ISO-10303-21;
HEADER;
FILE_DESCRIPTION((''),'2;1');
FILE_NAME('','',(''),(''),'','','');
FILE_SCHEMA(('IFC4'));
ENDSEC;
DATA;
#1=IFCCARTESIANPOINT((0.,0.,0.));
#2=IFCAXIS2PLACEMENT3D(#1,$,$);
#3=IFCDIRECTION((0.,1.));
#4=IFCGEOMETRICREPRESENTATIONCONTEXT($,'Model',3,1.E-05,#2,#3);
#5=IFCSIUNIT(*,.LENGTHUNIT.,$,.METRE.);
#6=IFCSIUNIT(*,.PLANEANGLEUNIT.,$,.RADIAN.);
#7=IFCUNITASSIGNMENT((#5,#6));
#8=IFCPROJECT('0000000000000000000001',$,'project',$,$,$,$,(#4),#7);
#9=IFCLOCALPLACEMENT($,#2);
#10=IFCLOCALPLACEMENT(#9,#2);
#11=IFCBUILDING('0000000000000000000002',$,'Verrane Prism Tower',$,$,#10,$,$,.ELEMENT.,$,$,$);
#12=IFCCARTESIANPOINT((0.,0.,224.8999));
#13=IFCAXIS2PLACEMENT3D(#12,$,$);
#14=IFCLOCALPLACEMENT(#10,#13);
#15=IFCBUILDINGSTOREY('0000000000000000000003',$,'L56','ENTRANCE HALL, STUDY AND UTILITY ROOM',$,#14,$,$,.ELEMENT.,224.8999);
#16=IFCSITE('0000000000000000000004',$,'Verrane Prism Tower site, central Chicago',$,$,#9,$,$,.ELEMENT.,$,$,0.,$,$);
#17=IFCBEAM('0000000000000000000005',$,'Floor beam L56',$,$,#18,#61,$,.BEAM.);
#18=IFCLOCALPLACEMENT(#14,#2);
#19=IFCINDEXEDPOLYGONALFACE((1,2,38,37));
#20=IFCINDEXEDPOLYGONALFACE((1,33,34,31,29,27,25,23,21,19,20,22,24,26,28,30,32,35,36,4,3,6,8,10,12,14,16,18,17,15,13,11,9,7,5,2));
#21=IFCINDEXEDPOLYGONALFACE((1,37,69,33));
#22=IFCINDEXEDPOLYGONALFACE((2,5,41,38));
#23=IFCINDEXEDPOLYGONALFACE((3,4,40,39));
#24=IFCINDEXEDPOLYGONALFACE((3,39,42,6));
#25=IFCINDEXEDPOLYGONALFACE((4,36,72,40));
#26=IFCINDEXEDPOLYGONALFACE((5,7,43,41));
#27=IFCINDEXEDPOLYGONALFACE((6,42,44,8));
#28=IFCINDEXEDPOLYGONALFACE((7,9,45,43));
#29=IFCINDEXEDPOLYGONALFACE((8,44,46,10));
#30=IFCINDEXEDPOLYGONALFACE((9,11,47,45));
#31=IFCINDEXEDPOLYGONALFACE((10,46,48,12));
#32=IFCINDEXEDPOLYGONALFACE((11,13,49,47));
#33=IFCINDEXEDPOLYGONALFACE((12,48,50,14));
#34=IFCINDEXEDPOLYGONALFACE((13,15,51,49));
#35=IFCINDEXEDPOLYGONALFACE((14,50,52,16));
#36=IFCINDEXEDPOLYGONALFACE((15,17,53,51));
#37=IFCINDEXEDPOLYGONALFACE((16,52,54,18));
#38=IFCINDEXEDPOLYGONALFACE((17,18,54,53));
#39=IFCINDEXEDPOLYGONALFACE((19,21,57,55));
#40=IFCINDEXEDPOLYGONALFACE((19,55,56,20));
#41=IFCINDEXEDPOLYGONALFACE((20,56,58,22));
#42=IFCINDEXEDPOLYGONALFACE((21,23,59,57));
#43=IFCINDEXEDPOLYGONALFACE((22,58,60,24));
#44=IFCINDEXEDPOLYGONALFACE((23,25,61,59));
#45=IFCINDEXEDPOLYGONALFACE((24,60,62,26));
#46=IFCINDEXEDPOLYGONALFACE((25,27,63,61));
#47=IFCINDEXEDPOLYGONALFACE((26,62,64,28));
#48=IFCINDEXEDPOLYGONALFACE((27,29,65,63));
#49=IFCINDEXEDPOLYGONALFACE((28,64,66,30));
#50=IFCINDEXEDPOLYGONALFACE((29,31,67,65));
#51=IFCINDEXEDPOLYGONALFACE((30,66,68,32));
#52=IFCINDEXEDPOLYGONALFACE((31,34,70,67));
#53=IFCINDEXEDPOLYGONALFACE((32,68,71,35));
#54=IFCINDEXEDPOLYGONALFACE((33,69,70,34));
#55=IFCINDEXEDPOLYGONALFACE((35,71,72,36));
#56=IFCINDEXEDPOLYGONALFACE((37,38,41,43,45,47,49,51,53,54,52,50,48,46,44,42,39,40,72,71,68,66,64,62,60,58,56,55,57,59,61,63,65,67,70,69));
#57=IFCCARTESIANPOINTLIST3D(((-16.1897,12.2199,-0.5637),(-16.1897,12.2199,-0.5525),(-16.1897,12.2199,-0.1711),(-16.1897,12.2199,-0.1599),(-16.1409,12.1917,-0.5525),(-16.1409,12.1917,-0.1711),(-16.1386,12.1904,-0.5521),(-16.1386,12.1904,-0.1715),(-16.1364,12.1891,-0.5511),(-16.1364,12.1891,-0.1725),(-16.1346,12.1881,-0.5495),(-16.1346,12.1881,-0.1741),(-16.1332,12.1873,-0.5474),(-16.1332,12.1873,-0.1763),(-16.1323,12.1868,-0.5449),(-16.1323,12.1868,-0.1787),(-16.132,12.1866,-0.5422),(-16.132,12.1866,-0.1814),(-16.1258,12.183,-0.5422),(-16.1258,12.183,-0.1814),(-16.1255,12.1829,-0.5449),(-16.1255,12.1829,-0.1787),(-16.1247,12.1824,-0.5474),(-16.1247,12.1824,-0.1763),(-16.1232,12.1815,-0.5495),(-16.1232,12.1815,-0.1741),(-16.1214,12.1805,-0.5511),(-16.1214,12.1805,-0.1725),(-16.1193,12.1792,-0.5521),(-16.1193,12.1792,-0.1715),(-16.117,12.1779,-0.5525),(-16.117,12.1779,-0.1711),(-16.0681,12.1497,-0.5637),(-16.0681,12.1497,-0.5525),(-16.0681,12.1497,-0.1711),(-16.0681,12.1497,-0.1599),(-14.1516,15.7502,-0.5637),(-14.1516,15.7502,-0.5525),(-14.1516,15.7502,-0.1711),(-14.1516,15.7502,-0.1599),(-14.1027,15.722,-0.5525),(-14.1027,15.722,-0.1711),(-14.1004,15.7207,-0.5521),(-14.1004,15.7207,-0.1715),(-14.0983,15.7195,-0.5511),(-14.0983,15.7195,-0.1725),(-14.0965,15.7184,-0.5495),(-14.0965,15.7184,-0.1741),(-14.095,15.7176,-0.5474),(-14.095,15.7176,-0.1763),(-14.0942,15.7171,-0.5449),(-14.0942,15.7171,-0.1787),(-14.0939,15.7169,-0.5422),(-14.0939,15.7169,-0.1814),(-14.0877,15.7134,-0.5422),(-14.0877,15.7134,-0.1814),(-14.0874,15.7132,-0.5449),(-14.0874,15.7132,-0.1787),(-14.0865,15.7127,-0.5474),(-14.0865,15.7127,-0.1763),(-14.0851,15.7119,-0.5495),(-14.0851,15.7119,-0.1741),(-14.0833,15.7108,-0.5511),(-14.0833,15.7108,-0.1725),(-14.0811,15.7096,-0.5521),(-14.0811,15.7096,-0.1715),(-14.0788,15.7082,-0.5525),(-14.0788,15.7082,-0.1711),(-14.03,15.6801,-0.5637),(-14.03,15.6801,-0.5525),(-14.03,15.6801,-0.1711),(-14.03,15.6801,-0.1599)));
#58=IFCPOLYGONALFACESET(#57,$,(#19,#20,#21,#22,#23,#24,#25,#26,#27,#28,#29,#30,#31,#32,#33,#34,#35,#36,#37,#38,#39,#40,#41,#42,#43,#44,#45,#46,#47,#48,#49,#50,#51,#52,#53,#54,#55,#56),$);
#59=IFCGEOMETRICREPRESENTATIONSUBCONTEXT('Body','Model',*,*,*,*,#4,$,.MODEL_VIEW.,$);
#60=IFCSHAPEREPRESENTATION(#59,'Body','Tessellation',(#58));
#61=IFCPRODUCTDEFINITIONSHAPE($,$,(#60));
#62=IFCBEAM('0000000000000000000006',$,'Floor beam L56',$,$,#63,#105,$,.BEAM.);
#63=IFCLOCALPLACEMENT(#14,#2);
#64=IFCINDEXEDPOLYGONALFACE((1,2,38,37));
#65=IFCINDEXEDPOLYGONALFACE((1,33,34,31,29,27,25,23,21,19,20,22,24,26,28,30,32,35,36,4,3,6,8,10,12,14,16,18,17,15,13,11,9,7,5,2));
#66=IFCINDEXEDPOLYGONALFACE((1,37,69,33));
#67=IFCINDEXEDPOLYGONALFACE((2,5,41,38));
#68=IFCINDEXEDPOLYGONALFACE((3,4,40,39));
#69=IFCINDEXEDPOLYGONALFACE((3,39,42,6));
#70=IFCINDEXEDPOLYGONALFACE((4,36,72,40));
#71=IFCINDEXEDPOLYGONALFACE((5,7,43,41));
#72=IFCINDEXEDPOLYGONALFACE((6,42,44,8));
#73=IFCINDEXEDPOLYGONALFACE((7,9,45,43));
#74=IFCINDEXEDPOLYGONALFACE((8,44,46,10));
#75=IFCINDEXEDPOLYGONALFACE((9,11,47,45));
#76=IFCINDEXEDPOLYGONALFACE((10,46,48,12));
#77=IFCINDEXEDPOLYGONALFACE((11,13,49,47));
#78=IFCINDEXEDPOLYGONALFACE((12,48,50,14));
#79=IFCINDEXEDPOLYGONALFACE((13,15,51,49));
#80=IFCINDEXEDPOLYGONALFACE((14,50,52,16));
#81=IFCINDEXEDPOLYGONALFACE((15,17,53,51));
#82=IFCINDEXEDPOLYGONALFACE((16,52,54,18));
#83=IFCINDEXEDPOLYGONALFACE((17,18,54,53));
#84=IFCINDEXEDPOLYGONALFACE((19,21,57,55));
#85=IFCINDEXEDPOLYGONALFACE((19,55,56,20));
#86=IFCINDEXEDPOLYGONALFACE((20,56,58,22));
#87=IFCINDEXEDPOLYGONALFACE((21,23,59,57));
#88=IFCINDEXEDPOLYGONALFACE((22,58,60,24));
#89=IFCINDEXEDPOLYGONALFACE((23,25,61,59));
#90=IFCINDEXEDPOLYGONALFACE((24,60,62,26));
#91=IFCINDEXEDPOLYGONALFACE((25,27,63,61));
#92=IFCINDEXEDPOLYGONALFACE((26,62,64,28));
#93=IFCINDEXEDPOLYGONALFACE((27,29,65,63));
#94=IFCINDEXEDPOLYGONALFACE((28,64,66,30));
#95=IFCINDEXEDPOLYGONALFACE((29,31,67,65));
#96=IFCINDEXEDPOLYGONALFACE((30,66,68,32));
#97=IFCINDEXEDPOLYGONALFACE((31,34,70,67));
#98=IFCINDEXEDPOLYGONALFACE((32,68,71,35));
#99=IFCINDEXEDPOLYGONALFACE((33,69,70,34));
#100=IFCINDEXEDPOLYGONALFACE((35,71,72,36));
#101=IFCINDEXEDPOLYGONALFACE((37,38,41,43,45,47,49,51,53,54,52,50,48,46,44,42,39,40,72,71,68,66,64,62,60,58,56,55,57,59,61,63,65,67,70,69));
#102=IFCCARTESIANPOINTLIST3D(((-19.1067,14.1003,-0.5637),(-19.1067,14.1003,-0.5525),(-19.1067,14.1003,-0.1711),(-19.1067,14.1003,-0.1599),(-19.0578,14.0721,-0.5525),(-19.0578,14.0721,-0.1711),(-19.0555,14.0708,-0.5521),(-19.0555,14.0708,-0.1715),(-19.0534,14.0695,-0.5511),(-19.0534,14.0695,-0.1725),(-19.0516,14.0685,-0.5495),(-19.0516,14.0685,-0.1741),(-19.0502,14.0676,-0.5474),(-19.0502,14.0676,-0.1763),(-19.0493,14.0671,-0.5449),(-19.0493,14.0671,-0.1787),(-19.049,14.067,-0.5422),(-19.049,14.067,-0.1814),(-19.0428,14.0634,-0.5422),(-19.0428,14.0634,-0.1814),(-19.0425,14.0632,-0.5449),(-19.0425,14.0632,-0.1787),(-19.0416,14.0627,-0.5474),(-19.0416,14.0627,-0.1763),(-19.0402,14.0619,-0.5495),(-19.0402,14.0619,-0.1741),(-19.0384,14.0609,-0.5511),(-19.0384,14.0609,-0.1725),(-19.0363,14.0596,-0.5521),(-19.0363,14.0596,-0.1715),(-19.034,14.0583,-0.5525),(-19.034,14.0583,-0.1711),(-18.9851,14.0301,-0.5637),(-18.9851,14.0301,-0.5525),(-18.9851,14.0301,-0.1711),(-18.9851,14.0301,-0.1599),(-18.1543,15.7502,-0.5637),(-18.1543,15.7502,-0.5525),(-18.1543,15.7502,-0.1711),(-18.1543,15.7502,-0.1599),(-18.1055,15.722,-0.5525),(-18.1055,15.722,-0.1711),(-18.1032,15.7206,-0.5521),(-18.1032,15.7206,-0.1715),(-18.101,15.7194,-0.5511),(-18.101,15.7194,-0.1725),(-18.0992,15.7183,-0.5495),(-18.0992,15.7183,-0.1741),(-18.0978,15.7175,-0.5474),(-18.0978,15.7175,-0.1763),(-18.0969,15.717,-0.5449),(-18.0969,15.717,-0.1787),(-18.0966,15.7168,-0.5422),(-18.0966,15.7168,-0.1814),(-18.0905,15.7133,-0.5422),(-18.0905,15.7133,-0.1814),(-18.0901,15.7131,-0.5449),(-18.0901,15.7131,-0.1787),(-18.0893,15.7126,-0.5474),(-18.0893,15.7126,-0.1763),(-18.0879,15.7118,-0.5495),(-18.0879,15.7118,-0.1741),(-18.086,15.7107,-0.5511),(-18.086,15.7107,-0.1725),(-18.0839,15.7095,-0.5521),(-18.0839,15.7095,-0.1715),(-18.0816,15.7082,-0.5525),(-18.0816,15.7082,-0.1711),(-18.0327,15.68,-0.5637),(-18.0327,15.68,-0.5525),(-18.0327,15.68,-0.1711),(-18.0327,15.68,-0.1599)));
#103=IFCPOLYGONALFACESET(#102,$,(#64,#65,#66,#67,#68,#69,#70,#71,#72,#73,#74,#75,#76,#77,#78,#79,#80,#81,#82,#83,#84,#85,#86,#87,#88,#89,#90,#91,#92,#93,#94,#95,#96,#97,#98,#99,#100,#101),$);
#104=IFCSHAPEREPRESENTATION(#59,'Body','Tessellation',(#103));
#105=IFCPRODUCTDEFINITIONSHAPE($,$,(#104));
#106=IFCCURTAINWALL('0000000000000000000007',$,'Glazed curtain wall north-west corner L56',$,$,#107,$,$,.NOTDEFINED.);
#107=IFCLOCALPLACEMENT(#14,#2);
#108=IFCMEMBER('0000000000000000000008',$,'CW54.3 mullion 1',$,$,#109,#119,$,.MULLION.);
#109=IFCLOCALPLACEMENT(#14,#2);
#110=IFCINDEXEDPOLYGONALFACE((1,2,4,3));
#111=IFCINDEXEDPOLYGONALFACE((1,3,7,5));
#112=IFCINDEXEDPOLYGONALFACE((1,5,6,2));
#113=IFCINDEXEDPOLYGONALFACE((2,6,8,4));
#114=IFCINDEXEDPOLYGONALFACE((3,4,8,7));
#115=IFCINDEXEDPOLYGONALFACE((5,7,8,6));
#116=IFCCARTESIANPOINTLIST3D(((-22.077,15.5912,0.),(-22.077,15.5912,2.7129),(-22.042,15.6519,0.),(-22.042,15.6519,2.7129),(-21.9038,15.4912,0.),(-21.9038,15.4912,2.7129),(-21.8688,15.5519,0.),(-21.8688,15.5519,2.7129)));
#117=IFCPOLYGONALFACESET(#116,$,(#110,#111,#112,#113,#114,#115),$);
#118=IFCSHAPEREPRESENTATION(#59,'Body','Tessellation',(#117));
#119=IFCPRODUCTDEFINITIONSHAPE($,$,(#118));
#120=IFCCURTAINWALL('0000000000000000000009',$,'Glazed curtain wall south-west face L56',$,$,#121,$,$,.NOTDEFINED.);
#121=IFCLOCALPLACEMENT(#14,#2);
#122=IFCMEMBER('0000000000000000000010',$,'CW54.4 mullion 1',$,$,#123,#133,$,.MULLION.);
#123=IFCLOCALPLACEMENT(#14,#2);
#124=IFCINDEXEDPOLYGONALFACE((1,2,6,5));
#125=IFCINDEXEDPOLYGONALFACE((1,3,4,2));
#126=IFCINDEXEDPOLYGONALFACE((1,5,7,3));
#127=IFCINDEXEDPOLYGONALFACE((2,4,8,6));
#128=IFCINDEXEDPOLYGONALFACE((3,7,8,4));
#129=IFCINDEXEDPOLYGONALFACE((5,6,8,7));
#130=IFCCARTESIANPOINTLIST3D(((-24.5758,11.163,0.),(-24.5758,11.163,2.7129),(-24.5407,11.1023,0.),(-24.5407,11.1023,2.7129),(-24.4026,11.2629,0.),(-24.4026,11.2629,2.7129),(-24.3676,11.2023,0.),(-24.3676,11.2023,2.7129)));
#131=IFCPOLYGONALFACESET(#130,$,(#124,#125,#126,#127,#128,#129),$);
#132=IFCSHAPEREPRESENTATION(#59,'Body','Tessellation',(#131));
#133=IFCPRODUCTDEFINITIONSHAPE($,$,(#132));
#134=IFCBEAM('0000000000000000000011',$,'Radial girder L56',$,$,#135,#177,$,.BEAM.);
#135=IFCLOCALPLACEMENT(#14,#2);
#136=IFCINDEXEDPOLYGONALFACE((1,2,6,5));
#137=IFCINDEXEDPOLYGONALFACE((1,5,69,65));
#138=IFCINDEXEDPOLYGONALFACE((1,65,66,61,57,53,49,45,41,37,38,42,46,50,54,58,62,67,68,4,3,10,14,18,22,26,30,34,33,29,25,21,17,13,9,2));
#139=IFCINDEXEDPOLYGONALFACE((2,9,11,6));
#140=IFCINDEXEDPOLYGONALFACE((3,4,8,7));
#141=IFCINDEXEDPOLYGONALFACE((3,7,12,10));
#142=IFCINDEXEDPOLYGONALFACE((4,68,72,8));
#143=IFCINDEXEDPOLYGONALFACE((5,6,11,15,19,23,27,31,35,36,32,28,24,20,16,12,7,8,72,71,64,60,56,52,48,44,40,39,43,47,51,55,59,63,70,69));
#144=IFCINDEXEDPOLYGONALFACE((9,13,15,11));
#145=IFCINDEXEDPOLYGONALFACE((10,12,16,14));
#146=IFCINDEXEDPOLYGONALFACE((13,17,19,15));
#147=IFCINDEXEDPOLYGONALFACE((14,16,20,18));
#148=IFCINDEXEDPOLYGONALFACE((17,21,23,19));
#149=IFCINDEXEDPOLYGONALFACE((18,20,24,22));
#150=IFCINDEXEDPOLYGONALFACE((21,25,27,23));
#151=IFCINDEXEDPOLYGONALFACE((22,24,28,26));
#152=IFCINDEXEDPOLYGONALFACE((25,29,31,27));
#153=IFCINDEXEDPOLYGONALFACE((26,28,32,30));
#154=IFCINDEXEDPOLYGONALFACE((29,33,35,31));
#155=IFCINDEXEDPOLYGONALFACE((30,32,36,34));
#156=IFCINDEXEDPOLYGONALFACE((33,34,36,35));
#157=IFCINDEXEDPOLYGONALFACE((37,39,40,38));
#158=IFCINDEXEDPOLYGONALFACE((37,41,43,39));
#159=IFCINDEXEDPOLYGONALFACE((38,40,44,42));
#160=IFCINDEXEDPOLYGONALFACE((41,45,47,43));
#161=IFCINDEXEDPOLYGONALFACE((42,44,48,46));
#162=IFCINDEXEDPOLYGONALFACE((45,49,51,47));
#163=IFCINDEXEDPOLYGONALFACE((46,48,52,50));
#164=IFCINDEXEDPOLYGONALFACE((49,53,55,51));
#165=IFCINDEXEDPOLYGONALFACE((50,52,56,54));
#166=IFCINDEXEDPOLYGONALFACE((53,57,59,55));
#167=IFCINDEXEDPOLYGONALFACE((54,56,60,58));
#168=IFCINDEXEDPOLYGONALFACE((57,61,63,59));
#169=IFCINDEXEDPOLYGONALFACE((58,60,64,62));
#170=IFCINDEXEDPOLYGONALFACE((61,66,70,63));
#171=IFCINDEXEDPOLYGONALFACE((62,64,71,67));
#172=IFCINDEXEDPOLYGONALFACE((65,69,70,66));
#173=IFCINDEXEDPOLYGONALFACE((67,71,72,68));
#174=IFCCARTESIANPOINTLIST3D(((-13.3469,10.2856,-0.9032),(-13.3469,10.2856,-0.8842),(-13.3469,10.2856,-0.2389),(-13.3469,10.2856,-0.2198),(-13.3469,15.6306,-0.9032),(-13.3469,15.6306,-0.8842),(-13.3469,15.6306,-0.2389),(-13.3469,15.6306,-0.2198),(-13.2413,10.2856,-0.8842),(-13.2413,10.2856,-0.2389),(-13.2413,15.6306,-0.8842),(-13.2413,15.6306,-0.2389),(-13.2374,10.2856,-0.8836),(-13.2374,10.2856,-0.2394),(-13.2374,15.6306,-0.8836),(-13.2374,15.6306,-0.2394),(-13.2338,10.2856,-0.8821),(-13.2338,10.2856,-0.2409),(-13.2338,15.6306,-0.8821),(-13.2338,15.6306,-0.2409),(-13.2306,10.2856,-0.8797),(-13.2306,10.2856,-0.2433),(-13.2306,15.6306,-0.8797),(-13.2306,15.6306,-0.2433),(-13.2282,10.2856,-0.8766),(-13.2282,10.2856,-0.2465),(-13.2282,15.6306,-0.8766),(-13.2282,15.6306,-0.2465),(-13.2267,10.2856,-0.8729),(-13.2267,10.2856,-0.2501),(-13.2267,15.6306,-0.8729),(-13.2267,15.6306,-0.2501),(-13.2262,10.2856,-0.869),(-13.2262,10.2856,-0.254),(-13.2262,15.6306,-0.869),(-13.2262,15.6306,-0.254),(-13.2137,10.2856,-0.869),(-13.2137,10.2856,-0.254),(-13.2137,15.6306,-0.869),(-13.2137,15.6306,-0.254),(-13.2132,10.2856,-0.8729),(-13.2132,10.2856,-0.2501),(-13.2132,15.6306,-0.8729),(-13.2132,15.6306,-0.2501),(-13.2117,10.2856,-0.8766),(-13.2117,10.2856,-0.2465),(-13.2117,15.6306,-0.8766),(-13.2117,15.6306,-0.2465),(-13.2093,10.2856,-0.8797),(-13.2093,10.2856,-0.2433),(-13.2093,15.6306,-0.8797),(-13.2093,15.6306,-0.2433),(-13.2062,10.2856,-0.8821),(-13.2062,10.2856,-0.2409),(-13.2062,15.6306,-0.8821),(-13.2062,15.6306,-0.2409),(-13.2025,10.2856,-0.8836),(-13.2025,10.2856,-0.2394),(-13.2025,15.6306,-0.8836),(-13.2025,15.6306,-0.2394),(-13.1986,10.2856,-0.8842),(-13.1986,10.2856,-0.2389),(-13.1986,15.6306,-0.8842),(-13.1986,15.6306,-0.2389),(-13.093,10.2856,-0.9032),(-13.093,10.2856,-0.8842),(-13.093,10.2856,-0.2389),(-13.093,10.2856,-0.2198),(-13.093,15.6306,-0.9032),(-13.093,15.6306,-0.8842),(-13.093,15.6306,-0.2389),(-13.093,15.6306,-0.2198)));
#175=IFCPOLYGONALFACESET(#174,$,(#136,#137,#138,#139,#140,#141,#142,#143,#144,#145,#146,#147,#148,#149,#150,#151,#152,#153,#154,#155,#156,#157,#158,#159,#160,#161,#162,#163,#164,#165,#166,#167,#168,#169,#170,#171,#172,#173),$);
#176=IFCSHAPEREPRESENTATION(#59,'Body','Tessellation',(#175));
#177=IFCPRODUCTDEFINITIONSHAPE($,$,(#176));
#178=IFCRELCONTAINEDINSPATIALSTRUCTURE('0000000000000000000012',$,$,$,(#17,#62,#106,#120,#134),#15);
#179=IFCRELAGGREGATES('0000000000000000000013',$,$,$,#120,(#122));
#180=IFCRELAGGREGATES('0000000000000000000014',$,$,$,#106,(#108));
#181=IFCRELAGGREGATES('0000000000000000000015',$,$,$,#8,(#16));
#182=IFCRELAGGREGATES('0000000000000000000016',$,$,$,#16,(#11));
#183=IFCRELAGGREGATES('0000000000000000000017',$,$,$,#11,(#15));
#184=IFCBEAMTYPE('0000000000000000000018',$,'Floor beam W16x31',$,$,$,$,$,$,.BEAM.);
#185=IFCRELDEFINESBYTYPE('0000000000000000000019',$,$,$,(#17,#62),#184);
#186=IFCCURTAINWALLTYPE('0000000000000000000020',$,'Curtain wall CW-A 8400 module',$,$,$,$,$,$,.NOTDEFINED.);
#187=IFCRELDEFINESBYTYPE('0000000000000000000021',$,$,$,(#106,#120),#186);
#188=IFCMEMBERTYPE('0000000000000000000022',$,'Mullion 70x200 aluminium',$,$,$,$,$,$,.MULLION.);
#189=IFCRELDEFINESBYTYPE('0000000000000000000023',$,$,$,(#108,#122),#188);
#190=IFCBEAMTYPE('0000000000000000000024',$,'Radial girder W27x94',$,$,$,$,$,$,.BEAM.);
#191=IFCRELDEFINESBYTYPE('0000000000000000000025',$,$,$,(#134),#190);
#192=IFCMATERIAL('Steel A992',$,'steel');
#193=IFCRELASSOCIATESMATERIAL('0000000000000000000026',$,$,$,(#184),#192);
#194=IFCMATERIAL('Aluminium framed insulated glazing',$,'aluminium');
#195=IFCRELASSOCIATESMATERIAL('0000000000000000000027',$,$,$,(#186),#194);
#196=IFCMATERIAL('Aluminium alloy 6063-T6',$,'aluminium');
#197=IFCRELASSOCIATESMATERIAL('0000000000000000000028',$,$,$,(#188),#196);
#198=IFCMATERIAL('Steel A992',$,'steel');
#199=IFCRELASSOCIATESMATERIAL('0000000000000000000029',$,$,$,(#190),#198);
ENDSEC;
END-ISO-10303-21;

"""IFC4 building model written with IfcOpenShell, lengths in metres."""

from ifc_helpers import new_model, si_unit, direction, frame, origin, origin_2d, place, context, subcontext, project, spatial, rectangle, i_section, extrude, material, material_profile, profile_set, type_object, element, aggregate, save


model = new_model("IFC4")

# Units and contexts
model_context = context("Model", 3, precision=1e-05, world=origin(), true_north=direction((0.0, 1.0)))
body_context = subcontext(model_context, "Body", "Model", "MODEL_VIEW")
ifc_project = project(units=[si_unit("LENGTHUNIT", "METRE"), si_unit("PLANEANGLEUNIT", "RADIAN")], contexts=[model_context])

# Site, building, storey
site_placement = place(None, origin())
site = spatial("IfcSite", under=ifc_project, at=site_placement, Name="Verrane Prism Tower site, central Chicago", CompositionType="ELEMENT", RefElevation=0.0)
building_placement = place(site_placement, origin())
building = spatial("IfcBuilding", under=site, at=building_placement, Name="Verrane Prism Tower", CompositionType="ELEMENT")
storey_placement = place(building_placement, frame((0.0, 0.0, 224.8999)))
storey = spatial("IfcBuildingStorey", under=building, at=storey_placement, Name="L56", Description="ENTRANCE HALL, STUDY AND UTILITY ROOM", CompositionType="ELEMENT", Elevation=224.8999)

# Beams
ifc_material_1 = material(Name="Steel A992", Category="steel")
ifc_material_profile_1 = material_profile(ifc_material_1, i_section(OverallWidth=0.1404, OverallDepth=0.4038, WebThickness=0.0071, FlangeThickness=0.0112, FilletRadius=0.0103, at=origin_2d()), Name="W16x31")
ifc_profile_set_1 = profile_set([ifc_material_profile_1], Name="Steel A992")
beam_type_1 = type_object("IfcBeamType", Name="Floor beam W16x31", PredefinedType="BEAM", material=ifc_profile_set_1)
beam_1_placement = place(storey_placement, frame((-16.1289, 12.1848, -0.3618), z_axis=(0.499978, 0.866038, 0.0), x_axis=(-0.866038, 0.499978, 0.0)))
element("IfcBeam", 1, at=beam_1_placement, inside=storey, type_object=beam_type_1, Name="Floor beam L56", PredefinedType="BEAM", context=body_context, shape_type="SweptSolid", body=[
    extrude(i_section(OverallWidth=0.1404, OverallDepth=0.4038, WebThickness=0.0071, FlangeThickness=0.0112, FilletRadius=0.0103, at=origin_2d()), origin(), (0.0, 0.0, 1.0), 4.0764),
])
beam_2_placement = place(storey_placement, frame((-19.0459, 14.0652, -0.3618), z_axis=(0.49993, 0.866066, 0.0), x_axis=(-0.866066, 0.49993, 0.0)))
element("IfcBeam", 2, at=beam_2_placement, inside=storey, type_object=beam_type_1, Name="Floor beam L56", PredefinedType="BEAM", context=body_context, shape_type="SweptSolid", body=[
    extrude(i_section(OverallWidth=0.1404, OverallDepth=0.4038, WebThickness=0.0071, FlangeThickness=0.0112, FilletRadius=0.0103, at=origin_2d()), origin(), (0.0, 0.0, 1.0), 1.905),
])

# Curtain walls, members
ifc_material_2 = material(Name="Aluminium framed insulated glazing", Category="aluminium")
curtain_wall_type = type_object("IfcCurtainWallType", Name="Curtain wall CW-A 8400 module", PredefinedType="NOTDEFINED", material=ifc_material_2)
curtain_wall_1_placement = place(storey_placement, origin())
curtain_wall_1 = element("IfcCurtainWall", 3, at=curtain_wall_1_placement, inside=storey, type_object=curtain_wall_type, Name="Glazed curtain wall north-west corner L56", PredefinedType="NOTDEFINED")
ifc_material_3 = material(Name="Aluminium alloy 6063-T6", Category="aluminium")
ifc_material_profile_2 = material_profile(ifc_material_3, rectangle(XDim=0.2, YDim=0.0701, at=origin_2d()), Name="Mullion 70x200 aluminium")
ifc_profile_set_2 = profile_set([ifc_material_profile_2], Name="Aluminium alloy 6063-T6")
member_type_1 = type_object("IfcMemberType", Name="Mullion 70x200 aluminium", PredefinedType="MULLION", material=ifc_profile_set_2)
member_1_placement = place(storey_placement, frame((-21.9729, 15.5715, 0.0), z_axis=(0.0, 0.0, 1.0), x_axis=(0.866028, -0.499995, 0.0)))
member_1 = element("IfcMember", 4, at=member_1_placement, type_object=member_type_1, Name="CW54.3 mullion 1", PredefinedType="MULLION", context=body_context, shape_type="SweptSolid", body=[
    extrude(rectangle(XDim=0.2, YDim=0.0701, at=origin_2d()), origin(), (0.0, 0.0, 1.0), 2.7129),
])
curtain_wall_2_placement = place(storey_placement, origin())
curtain_wall_2 = element("IfcCurtainWall", 5, at=curtain_wall_2_placement, inside=storey, type_object=curtain_wall_type, Name="Glazed curtain wall south-west face L56", PredefinedType="NOTDEFINED")
member_2_placement = place(storey_placement, frame((-24.4717, 11.1826, 0.0), z_axis=(0.0, 0.0, 1.0), x_axis=(0.866025, 0.500001, 0.0)))
member_2 = element("IfcMember", 6, at=member_2_placement, type_object=member_type_1, Name="CW54.4 mullion 1", PredefinedType="MULLION", context=body_context, shape_type="SweptSolid", body=[
    extrude(rectangle(XDim=0.2, YDim=0.0701, at=origin_2d()), origin(), (0.0, 0.0, 1.0), 2.7129),
])

# Beam
ifc_material_4 = material(Name="Steel A992", Category="steel")
ifc_material_profile_3 = material_profile(ifc_material_4, i_section(OverallWidth=0.2539, OverallDepth=0.6833, WebThickness=0.0125, FlangeThickness=0.019, FilletRadius=0.0151, at=origin_2d()), Name="W27x94")
ifc_profile_set_3 = profile_set([ifc_material_profile_3], Name="Steel A992")
beam_type_2 = type_object("IfcBeamType", Name="Radial girder W27x94", PredefinedType="BEAM", material=ifc_profile_set_3)
beam_3_placement = place(storey_placement, frame((-13.22, 15.6306, -0.5615), z_axis=(0.0, -1.0, 0.0), x_axis=(1.0, 0.0, 0.0)))
element("IfcBeam", 7, at=beam_3_placement, inside=storey, type_object=beam_type_2, Name="Radial girder L56", PredefinedType="BEAM", context=body_context, shape_type="SweptSolid", body=[
    extrude(i_section(OverallWidth=0.2539, OverallDepth=0.6833, WebThickness=0.0125, FlangeThickness=0.019, FilletRadius=0.0151, at=origin_2d()), origin(), (0.0, 0.0, 1.0), 5.345),
])

aggregate(curtain_wall_2, [member_2])

aggregate(curtain_wall_1, [member_1])

save(model, "model.ifc")
